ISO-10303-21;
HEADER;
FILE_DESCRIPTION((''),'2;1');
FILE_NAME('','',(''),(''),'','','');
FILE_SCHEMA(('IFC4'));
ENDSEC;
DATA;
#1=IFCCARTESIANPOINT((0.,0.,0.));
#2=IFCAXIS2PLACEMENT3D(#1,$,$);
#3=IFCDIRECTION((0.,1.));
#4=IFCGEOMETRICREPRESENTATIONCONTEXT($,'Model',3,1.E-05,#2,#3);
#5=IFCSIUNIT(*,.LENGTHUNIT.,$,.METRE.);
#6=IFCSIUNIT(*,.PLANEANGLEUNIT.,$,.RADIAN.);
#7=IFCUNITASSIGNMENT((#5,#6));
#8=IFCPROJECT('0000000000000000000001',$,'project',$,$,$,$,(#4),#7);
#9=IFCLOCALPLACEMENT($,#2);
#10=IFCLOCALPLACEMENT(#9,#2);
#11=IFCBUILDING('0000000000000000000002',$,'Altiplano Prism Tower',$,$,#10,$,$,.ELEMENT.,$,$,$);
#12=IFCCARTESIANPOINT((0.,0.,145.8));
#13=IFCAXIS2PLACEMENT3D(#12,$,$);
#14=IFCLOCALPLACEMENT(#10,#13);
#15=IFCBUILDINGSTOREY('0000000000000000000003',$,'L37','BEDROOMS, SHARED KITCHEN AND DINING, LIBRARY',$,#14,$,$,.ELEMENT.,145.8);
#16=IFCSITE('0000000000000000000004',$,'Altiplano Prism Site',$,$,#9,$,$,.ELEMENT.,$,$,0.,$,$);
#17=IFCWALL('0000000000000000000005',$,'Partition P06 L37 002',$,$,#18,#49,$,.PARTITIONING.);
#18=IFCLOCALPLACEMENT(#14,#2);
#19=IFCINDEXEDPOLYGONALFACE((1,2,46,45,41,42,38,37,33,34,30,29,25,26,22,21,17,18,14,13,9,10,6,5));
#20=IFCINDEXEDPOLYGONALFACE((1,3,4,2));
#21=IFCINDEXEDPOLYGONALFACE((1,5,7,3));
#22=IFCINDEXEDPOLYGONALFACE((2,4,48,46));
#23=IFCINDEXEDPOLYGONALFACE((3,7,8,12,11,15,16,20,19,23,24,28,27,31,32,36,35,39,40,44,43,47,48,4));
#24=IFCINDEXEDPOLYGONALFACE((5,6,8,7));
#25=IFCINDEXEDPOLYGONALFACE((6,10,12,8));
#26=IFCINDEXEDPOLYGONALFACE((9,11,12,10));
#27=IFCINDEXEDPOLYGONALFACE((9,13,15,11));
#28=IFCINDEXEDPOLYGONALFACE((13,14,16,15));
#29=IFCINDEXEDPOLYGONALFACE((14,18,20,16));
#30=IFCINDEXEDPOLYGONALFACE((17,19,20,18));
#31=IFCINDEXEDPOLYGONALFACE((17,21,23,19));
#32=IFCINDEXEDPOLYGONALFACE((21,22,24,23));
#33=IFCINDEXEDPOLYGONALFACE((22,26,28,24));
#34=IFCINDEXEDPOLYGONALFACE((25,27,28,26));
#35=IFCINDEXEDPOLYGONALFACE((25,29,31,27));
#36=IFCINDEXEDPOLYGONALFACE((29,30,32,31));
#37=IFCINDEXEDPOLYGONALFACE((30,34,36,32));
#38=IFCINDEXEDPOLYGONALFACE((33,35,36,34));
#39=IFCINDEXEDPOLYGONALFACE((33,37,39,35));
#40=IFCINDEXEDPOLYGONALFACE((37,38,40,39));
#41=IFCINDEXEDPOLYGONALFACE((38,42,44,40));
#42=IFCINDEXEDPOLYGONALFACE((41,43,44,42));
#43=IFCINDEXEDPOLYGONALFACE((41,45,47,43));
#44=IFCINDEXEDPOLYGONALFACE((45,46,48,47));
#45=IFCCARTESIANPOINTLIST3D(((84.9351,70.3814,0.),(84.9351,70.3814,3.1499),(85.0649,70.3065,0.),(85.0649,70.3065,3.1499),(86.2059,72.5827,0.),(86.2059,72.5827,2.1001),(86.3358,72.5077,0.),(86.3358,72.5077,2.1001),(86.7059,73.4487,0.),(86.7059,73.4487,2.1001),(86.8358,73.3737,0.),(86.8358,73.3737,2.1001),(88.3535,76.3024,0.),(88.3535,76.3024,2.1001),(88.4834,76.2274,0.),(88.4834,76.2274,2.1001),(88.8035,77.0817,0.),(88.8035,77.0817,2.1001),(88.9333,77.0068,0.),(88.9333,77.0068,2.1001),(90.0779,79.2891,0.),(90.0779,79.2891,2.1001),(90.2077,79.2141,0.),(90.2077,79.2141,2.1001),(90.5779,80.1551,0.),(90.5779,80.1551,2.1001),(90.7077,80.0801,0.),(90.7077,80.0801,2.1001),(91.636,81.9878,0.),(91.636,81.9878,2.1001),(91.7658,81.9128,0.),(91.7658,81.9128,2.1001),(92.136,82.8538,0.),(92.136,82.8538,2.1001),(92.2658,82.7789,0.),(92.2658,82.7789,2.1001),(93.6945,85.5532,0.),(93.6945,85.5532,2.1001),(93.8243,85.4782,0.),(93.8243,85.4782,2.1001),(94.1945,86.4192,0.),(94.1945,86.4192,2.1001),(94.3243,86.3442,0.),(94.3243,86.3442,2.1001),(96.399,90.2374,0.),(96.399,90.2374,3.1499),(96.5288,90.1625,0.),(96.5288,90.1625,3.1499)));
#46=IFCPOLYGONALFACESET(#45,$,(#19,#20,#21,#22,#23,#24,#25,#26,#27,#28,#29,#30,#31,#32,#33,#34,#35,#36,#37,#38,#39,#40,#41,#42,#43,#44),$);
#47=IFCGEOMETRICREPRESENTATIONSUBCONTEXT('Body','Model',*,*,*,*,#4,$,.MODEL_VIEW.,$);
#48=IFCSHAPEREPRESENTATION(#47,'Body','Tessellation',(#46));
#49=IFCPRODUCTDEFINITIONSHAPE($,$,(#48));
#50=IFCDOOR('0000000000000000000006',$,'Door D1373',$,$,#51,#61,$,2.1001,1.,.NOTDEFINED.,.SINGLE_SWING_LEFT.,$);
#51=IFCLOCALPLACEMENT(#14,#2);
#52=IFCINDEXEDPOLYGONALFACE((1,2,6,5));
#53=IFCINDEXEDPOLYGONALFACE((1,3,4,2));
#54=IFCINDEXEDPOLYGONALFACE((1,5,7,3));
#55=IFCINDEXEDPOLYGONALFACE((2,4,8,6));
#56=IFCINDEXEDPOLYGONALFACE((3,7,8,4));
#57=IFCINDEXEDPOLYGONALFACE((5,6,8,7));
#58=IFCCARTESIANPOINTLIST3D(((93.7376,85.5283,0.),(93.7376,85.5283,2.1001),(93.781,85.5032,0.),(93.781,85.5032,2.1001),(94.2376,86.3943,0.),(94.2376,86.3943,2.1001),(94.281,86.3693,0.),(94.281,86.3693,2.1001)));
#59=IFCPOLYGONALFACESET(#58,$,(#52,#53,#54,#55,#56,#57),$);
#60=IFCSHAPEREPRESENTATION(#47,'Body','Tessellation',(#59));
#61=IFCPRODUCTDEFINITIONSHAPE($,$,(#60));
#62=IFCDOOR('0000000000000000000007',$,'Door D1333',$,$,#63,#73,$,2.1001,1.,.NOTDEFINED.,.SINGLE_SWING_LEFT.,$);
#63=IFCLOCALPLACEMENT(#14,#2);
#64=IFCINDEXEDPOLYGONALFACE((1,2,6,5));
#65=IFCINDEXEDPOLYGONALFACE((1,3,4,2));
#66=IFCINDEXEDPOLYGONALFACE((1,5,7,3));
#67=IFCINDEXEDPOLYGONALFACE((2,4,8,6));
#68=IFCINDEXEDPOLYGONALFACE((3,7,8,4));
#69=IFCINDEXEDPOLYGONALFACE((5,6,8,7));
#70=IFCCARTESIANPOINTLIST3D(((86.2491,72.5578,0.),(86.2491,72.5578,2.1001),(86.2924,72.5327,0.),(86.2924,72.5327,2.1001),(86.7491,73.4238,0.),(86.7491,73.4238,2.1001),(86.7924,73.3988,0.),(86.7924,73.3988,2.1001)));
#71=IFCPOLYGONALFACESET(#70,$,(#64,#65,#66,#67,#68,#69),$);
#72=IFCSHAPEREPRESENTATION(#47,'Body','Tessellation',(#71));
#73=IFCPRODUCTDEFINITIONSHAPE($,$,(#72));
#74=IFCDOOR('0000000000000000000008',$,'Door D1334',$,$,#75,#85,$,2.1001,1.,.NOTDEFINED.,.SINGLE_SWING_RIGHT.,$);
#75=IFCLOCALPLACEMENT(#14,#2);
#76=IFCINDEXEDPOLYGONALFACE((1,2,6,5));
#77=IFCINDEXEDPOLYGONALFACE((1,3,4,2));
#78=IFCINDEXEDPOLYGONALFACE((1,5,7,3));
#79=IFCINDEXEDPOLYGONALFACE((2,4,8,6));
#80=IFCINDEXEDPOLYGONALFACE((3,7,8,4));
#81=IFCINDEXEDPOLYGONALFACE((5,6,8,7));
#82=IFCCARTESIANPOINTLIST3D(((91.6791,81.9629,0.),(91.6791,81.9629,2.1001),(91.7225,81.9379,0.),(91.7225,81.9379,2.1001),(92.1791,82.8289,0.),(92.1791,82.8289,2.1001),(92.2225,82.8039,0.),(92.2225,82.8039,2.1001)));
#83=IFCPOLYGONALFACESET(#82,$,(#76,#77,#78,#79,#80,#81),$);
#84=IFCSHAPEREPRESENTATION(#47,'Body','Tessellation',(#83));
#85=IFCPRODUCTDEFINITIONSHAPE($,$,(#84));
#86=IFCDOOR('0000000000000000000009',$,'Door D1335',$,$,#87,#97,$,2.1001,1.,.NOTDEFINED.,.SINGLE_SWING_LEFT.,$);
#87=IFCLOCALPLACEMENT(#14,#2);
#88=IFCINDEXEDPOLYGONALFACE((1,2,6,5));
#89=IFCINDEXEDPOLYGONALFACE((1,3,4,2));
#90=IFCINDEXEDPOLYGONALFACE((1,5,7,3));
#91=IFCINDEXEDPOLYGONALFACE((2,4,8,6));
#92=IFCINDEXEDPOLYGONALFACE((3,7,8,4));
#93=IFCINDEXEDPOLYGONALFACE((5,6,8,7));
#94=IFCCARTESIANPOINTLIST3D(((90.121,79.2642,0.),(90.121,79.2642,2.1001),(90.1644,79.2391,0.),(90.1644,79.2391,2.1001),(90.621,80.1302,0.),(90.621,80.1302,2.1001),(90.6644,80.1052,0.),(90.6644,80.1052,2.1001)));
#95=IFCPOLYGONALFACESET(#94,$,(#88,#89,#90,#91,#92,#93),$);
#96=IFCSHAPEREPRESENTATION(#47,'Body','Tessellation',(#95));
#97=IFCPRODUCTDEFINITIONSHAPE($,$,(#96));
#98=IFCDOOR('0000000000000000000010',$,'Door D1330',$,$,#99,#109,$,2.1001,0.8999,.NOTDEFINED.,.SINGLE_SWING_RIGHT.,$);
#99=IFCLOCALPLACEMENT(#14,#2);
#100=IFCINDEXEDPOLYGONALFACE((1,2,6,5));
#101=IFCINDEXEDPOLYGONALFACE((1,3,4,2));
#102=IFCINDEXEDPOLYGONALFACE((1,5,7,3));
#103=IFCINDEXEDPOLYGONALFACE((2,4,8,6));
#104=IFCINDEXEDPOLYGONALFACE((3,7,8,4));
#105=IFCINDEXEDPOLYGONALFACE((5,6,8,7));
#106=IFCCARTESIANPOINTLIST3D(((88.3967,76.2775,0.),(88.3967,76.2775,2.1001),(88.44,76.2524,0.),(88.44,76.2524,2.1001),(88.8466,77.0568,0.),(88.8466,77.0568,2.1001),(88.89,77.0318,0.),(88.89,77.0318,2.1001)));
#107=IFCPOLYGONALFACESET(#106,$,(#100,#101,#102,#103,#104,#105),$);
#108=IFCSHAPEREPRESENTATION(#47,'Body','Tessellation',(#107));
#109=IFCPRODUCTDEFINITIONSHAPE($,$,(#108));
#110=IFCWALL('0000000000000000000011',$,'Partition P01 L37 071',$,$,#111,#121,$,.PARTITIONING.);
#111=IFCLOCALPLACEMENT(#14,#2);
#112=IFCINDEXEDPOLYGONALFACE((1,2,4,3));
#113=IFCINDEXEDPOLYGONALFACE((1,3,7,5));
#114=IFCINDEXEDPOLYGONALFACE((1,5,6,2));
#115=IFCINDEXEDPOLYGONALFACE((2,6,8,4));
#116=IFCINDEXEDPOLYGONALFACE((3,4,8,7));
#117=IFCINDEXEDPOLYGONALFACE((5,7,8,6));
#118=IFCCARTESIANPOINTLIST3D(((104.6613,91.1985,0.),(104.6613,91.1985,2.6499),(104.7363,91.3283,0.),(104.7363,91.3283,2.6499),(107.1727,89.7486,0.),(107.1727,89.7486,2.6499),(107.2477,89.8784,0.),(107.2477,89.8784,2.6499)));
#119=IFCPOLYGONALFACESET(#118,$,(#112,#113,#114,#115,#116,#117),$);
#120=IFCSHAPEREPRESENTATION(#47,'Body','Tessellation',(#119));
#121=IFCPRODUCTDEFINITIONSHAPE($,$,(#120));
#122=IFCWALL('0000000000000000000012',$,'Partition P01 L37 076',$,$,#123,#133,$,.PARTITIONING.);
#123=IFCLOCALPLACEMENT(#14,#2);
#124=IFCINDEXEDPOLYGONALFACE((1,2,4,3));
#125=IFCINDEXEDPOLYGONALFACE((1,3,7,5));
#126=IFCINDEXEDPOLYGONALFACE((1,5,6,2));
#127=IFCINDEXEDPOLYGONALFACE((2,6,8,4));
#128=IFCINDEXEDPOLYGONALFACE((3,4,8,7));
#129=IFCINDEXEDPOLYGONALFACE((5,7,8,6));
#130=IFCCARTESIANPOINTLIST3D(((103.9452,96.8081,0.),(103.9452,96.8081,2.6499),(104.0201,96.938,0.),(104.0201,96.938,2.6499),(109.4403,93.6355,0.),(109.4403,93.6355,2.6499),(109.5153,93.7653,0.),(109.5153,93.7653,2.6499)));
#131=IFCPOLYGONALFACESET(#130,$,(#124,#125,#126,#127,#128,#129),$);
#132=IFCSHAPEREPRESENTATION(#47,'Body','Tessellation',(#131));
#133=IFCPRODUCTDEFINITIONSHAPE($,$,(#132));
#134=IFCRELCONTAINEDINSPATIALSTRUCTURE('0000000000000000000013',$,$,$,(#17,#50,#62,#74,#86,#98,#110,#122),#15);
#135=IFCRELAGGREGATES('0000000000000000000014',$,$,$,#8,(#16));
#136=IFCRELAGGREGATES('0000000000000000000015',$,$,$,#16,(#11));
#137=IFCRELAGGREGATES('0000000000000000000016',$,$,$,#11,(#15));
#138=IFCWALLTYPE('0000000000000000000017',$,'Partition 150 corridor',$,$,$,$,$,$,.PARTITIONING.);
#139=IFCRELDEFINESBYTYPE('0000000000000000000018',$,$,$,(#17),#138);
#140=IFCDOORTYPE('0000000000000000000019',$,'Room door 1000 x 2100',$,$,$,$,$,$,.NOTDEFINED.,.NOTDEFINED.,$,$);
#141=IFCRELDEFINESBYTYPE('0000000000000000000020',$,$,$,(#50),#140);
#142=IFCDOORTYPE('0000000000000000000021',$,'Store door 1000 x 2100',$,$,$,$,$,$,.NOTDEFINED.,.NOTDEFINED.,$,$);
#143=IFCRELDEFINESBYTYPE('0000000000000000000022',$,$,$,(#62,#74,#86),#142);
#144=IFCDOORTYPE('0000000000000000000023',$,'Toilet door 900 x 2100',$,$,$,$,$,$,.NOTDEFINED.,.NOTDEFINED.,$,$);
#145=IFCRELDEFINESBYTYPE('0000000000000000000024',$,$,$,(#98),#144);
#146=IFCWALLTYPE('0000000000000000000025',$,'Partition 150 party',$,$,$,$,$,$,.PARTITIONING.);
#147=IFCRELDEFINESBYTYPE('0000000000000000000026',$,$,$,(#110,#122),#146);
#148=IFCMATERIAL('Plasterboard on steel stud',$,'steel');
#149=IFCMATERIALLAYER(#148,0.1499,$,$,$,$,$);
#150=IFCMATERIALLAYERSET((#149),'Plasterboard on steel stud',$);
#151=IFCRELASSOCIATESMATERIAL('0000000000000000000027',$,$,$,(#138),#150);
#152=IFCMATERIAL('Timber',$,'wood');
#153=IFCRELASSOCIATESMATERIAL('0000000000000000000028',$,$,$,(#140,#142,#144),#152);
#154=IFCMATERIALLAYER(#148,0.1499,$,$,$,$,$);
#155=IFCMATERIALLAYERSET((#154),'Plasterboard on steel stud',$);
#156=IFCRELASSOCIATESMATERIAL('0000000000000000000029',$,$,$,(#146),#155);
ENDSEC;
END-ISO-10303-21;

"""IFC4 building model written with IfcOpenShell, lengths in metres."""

from ifc_helpers import new_model, si_unit, direction, frame, frame_2d, origin, place, context, subcontext, project, spatial, rectangle, extrude, material, layer, layer_set, type_object, element, fill, save


model = new_model("IFC4")

# Units and contexts
model_context = context("Model", 3, precision=1e-05, world=origin(), true_north=direction((0.0, 1.0)))
body_context = subcontext(model_context, "Body", "Model", "MODEL_VIEW")
ifc_project = project(units=[si_unit("LENGTHUNIT", "METRE"), si_unit("PLANEANGLEUNIT", "RADIAN")], contexts=[model_context])

# Site, building, storey
site_placement = place(None, origin())
site = spatial("IfcSite", under=ifc_project, at=site_placement, Name="Altiplano Prism Site", CompositionType="ELEMENT", RefElevation=0.0)
building_placement = place(site_placement, origin())
building = spatial("IfcBuilding", under=site, at=building_placement, Name="Altiplano Prism Tower", CompositionType="ELEMENT")
storey_placement = place(building_placement, frame((0.0, 0.0, 145.8)))
storey = spatial("IfcBuildingStorey", under=building, at=storey_placement, Name="L37", Description="BEDROOMS, SHARED KITCHEN AND DINING, LIBRARY", CompositionType="ELEMENT", Elevation=145.8)

# Shared definitions
ifc_material_1 = material(Name="Plasterboard on steel stud", Category="steel")

# Shared definitions
ifc_material_2 = material(Name="Timber", Category="wood")

# Wall, openings, doors
ifc_layer_1 = layer(ifc_material_1, 0.1499)
ifc_layer_set_1 = layer_set([ifc_layer_1], Name="Plasterboard on steel stud")
wall_type_1 = type_object("IfcWallType", Name="Partition 150 corridor", PredefinedType="PARTITIONING", material=ifc_layer_set_1)
wall_1_placement = place(storey_placement, frame((96.4639, 90.2, 0.0), z_axis=(0.0, 0.0, 1.0), x_axis=(-0.500001, -0.866025, 0.0)))
wall_1 = element("IfcWall", 1, at=wall_1_placement, inside=storey, type_object=wall_type_1, Name="Partition P06 L37 002", PredefinedType="PARTITIONING", context=body_context, shape_type="SweptSolid", body=[
    extrude(rectangle(XDim=22.9277, YDim=0.1499, at=frame_2d((11.4639, 0.0))), origin(), (0.0, 0.0, 1.0), 3.1499),
])
opening_1_placement = place(wall_1_placement, frame((15.1909, 0.0, 0.0)))
opening_1 = element("IfcOpeningElement", 2, at=opening_1_placement, cuts=wall_1, PredefinedType="OPENING", context=body_context, shape_type="SweptSolid", body=[
    extrude(rectangle(XDim=0.8999, YDim=2.1001, at=frame_2d((0.45, 1.05))), frame((0.0, 0.0854, 0.0), z_axis=(0.0, -1.0, 0.0), x_axis=(1.0, 0.0, 0.0)), (0.0, 0.0, 1.0), 0.1709),
])
opening_2_placement = place(wall_1_placement, frame((19.386, 0.0, 0.0)))
opening_2 = element("IfcOpeningElement", 3, at=opening_2_placement, cuts=wall_1, PredefinedType="OPENING", context=body_context, shape_type="SweptSolid", body=[
    extrude(rectangle(XDim=1.0, YDim=2.1001, at=frame_2d((0.5, 1.05))), frame((0.0, 0.0854, 0.0), z_axis=(0.0, -1.0, 0.0), x_axis=(1.0, 0.0, 0.0)), (0.0, 0.0, 1.0), 0.1709),
])
opening_3_placement = place(wall_1_placement, frame((8.5259, 0.0, 0.0)))
opening_3 = element("IfcOpeningElement", 4, at=opening_3_placement, cuts=wall_1, PredefinedType="OPENING", context=body_context, shape_type="SweptSolid", body=[
    extrude(rectangle(XDim=1.0, YDim=2.1001, at=frame_2d((0.5, 1.05))), frame((0.0, 0.0854, 0.0), z_axis=(0.0, -1.0, 0.0), x_axis=(1.0, 0.0, 0.0)), (0.0, 0.0, 1.0), 0.1709),
])
opening_4_placement = place(wall_1_placement, frame((11.6421, 0.0, 0.0)))
opening_4 = element("IfcOpeningElement", 5, at=opening_4_placement, cuts=wall_1, PredefinedType="OPENING", context=body_context, shape_type="SweptSolid", body=[
    extrude(rectangle(XDim=1.0, YDim=2.1001, at=frame_2d((0.5, 1.05))), frame((0.0, 0.0854, 0.0), z_axis=(0.0, -1.0, 0.0), x_axis=(1.0, 0.0, 0.0)), (0.0, 0.0, 1.0), 0.1709),
])
opening_5_placement = place(wall_1_placement, frame((4.4089, 0.0, 0.0)))
opening_5 = element("IfcOpeningElement", 6, at=opening_5_placement, cuts=wall_1, PredefinedType="OPENING", context=body_context, shape_type="SweptSolid", body=[
    extrude(rectangle(XDim=1.0, YDim=2.1001, at=frame_2d((0.5, 1.05))), frame((0.0, 0.0854, 0.0), z_axis=(0.0, -1.0, 0.0), x_axis=(1.0, 0.0, 0.0)), (0.0, 0.0, 1.0), 0.1709),
])
door_type_1 = type_object("IfcDoorType", Name="Room door 1000 x 2100", OperationType="NOTDEFINED", PredefinedType="NOTDEFINED", material=ifc_material_2)
door_1_placement = place(opening_5_placement, origin())
door_1 = element("IfcDoor", 7, at=door_1_placement, inside=storey, type_object=door_type_1, Name="Door D1373", OperationType="SINGLE_SWING_LEFT", OverallHeight=2.1001, OverallWidth=1.0, PredefinedType="NOTDEFINED", context=body_context, shape_type="SweptSolid", body=[
    extrude(rectangle(XDim=1.0, YDim=2.1001, at=frame_2d((0.5, 1.05))), frame((0.0, 0.0249, 0.0), z_axis=(0.0, -1.0, 0.0), x_axis=(1.0, 0.0, 0.0)), (0.0, 0.0, 1.0), 0.05),
])
fill(opening_5, door_1)
door_type_2 = type_object("IfcDoorType", Name="Store door 1000 x 2100", OperationType="NOTDEFINED", PredefinedType="NOTDEFINED", material=ifc_material_2)
door_2_placement = place(opening_2_placement, origin())
door_2 = element("IfcDoor", 8, at=door_2_placement, inside=storey, type_object=door_type_2, Name="Door D1333", OperationType="SINGLE_SWING_LEFT", OverallHeight=2.1001, OverallWidth=1.0, PredefinedType="NOTDEFINED", context=body_context, shape_type="SweptSolid", body=[
    extrude(rectangle(XDim=1.0, YDim=2.1001, at=frame_2d((0.5, 1.05))), frame((0.0, 0.0249, 0.0), z_axis=(0.0, -1.0, 0.0), x_axis=(1.0, 0.0, 0.0)), (0.0, 0.0, 1.0), 0.05),
])
fill(opening_2, door_2)
door_3_placement = place(opening_3_placement, origin())
door_3 = element("IfcDoor", 9, at=door_3_placement, inside=storey, type_object=door_type_2, Name="Door D1334", OperationType="SINGLE_SWING_RIGHT", OverallHeight=2.1001, OverallWidth=1.0, PredefinedType="NOTDEFINED", context=body_context, shape_type="SweptSolid", body=[
    extrude(rectangle(XDim=1.0, YDim=2.1001, at=frame_2d((0.5, 1.05))), frame((0.0, 0.0249, 0.0), z_axis=(0.0, -1.0, 0.0), x_axis=(1.0, 0.0, 0.0)), (0.0, 0.0, 1.0), 0.05),
])
fill(opening_3, door_3)
door_4_placement = place(opening_4_placement, origin())
door_4 = element("IfcDoor", 10, at=door_4_placement, inside=storey, type_object=door_type_2, Name="Door D1335", OperationType="SINGLE_SWING_LEFT", OverallHeight=2.1001, OverallWidth=1.0, PredefinedType="NOTDEFINED", context=body_context, shape_type="SweptSolid", body=[
    extrude(rectangle(XDim=1.0, YDim=2.1001, at=frame_2d((0.5, 1.05))), frame((0.0, 0.0249, 0.0), z_axis=(0.0, -1.0, 0.0), x_axis=(1.0, 0.0, 0.0)), (0.0, 0.0, 1.0), 0.05),
])
fill(opening_4, door_4)
door_type_3 = type_object("IfcDoorType", Name="Toilet door 900 x 2100", OperationType="NOTDEFINED", PredefinedType="NOTDEFINED", material=ifc_material_2)
door_5_placement = place(opening_1_placement, origin())
door_5 = element("IfcDoor", 11, at=door_5_placement, inside=storey, type_object=door_type_3, Name="Door D1330", OperationType="SINGLE_SWING_RIGHT", OverallHeight=2.1001, OverallWidth=0.8999, PredefinedType="NOTDEFINED", context=body_context, shape_type="SweptSolid", body=[
    extrude(rectangle(XDim=0.8999, YDim=2.1001, at=frame_2d((0.45, 1.05))), frame((0.0, 0.0249, 0.0), z_axis=(0.0, -1.0, 0.0), x_axis=(1.0, 0.0, 0.0)), (0.0, 0.0, 1.0), 0.05),
])
fill(opening_1, door_5)

# Walls
ifc_layer_2 = layer(ifc_material_1, 0.1499)
ifc_layer_set_2 = layer_set([ifc_layer_2], Name="Plasterboard on steel stud")
wall_type_2 = type_object("IfcWallType", Name="Partition 150 party", PredefinedType="PARTITIONING", material=ifc_layer_set_2)
wall_2_placement = place(storey_placement, frame((107.2102, 89.8135, 0.0), z_axis=(0.0, 0.0, 1.0), x_axis=(-0.866033, 0.499987, 0.0)))
element("IfcWall", 12, at=wall_2_placement, inside=storey, type_object=wall_type_2, Name="Partition P01 L37 071", PredefinedType="PARTITIONING", context=body_context, shape_type="SweptSolid", body=[
    extrude(rectangle(XDim=2.8999, YDim=0.1499, at=frame_2d((1.45, 0.0))), origin(), (0.0, 0.0, 1.0), 2.6499),
])
wall_3_placement = place(storey_placement, frame((109.4778, 93.7004, 0.0), z_axis=(0.0, 0.0, 1.0), x_axis=(-0.866025, 0.5, 0.0)))
element("IfcWall", 13, at=wall_3_placement, inside=storey, type_object=wall_type_2, Name="Partition P01 L37 076", PredefinedType="PARTITIONING", context=body_context, shape_type="SweptSolid", body=[
    extrude(rectangle(XDim=6.3452, YDim=0.1499, at=frame_2d((3.1726, 0.0))), origin(), (0.0, 0.0, 1.0), 2.6499),
])

save(model, "model.ifc")
